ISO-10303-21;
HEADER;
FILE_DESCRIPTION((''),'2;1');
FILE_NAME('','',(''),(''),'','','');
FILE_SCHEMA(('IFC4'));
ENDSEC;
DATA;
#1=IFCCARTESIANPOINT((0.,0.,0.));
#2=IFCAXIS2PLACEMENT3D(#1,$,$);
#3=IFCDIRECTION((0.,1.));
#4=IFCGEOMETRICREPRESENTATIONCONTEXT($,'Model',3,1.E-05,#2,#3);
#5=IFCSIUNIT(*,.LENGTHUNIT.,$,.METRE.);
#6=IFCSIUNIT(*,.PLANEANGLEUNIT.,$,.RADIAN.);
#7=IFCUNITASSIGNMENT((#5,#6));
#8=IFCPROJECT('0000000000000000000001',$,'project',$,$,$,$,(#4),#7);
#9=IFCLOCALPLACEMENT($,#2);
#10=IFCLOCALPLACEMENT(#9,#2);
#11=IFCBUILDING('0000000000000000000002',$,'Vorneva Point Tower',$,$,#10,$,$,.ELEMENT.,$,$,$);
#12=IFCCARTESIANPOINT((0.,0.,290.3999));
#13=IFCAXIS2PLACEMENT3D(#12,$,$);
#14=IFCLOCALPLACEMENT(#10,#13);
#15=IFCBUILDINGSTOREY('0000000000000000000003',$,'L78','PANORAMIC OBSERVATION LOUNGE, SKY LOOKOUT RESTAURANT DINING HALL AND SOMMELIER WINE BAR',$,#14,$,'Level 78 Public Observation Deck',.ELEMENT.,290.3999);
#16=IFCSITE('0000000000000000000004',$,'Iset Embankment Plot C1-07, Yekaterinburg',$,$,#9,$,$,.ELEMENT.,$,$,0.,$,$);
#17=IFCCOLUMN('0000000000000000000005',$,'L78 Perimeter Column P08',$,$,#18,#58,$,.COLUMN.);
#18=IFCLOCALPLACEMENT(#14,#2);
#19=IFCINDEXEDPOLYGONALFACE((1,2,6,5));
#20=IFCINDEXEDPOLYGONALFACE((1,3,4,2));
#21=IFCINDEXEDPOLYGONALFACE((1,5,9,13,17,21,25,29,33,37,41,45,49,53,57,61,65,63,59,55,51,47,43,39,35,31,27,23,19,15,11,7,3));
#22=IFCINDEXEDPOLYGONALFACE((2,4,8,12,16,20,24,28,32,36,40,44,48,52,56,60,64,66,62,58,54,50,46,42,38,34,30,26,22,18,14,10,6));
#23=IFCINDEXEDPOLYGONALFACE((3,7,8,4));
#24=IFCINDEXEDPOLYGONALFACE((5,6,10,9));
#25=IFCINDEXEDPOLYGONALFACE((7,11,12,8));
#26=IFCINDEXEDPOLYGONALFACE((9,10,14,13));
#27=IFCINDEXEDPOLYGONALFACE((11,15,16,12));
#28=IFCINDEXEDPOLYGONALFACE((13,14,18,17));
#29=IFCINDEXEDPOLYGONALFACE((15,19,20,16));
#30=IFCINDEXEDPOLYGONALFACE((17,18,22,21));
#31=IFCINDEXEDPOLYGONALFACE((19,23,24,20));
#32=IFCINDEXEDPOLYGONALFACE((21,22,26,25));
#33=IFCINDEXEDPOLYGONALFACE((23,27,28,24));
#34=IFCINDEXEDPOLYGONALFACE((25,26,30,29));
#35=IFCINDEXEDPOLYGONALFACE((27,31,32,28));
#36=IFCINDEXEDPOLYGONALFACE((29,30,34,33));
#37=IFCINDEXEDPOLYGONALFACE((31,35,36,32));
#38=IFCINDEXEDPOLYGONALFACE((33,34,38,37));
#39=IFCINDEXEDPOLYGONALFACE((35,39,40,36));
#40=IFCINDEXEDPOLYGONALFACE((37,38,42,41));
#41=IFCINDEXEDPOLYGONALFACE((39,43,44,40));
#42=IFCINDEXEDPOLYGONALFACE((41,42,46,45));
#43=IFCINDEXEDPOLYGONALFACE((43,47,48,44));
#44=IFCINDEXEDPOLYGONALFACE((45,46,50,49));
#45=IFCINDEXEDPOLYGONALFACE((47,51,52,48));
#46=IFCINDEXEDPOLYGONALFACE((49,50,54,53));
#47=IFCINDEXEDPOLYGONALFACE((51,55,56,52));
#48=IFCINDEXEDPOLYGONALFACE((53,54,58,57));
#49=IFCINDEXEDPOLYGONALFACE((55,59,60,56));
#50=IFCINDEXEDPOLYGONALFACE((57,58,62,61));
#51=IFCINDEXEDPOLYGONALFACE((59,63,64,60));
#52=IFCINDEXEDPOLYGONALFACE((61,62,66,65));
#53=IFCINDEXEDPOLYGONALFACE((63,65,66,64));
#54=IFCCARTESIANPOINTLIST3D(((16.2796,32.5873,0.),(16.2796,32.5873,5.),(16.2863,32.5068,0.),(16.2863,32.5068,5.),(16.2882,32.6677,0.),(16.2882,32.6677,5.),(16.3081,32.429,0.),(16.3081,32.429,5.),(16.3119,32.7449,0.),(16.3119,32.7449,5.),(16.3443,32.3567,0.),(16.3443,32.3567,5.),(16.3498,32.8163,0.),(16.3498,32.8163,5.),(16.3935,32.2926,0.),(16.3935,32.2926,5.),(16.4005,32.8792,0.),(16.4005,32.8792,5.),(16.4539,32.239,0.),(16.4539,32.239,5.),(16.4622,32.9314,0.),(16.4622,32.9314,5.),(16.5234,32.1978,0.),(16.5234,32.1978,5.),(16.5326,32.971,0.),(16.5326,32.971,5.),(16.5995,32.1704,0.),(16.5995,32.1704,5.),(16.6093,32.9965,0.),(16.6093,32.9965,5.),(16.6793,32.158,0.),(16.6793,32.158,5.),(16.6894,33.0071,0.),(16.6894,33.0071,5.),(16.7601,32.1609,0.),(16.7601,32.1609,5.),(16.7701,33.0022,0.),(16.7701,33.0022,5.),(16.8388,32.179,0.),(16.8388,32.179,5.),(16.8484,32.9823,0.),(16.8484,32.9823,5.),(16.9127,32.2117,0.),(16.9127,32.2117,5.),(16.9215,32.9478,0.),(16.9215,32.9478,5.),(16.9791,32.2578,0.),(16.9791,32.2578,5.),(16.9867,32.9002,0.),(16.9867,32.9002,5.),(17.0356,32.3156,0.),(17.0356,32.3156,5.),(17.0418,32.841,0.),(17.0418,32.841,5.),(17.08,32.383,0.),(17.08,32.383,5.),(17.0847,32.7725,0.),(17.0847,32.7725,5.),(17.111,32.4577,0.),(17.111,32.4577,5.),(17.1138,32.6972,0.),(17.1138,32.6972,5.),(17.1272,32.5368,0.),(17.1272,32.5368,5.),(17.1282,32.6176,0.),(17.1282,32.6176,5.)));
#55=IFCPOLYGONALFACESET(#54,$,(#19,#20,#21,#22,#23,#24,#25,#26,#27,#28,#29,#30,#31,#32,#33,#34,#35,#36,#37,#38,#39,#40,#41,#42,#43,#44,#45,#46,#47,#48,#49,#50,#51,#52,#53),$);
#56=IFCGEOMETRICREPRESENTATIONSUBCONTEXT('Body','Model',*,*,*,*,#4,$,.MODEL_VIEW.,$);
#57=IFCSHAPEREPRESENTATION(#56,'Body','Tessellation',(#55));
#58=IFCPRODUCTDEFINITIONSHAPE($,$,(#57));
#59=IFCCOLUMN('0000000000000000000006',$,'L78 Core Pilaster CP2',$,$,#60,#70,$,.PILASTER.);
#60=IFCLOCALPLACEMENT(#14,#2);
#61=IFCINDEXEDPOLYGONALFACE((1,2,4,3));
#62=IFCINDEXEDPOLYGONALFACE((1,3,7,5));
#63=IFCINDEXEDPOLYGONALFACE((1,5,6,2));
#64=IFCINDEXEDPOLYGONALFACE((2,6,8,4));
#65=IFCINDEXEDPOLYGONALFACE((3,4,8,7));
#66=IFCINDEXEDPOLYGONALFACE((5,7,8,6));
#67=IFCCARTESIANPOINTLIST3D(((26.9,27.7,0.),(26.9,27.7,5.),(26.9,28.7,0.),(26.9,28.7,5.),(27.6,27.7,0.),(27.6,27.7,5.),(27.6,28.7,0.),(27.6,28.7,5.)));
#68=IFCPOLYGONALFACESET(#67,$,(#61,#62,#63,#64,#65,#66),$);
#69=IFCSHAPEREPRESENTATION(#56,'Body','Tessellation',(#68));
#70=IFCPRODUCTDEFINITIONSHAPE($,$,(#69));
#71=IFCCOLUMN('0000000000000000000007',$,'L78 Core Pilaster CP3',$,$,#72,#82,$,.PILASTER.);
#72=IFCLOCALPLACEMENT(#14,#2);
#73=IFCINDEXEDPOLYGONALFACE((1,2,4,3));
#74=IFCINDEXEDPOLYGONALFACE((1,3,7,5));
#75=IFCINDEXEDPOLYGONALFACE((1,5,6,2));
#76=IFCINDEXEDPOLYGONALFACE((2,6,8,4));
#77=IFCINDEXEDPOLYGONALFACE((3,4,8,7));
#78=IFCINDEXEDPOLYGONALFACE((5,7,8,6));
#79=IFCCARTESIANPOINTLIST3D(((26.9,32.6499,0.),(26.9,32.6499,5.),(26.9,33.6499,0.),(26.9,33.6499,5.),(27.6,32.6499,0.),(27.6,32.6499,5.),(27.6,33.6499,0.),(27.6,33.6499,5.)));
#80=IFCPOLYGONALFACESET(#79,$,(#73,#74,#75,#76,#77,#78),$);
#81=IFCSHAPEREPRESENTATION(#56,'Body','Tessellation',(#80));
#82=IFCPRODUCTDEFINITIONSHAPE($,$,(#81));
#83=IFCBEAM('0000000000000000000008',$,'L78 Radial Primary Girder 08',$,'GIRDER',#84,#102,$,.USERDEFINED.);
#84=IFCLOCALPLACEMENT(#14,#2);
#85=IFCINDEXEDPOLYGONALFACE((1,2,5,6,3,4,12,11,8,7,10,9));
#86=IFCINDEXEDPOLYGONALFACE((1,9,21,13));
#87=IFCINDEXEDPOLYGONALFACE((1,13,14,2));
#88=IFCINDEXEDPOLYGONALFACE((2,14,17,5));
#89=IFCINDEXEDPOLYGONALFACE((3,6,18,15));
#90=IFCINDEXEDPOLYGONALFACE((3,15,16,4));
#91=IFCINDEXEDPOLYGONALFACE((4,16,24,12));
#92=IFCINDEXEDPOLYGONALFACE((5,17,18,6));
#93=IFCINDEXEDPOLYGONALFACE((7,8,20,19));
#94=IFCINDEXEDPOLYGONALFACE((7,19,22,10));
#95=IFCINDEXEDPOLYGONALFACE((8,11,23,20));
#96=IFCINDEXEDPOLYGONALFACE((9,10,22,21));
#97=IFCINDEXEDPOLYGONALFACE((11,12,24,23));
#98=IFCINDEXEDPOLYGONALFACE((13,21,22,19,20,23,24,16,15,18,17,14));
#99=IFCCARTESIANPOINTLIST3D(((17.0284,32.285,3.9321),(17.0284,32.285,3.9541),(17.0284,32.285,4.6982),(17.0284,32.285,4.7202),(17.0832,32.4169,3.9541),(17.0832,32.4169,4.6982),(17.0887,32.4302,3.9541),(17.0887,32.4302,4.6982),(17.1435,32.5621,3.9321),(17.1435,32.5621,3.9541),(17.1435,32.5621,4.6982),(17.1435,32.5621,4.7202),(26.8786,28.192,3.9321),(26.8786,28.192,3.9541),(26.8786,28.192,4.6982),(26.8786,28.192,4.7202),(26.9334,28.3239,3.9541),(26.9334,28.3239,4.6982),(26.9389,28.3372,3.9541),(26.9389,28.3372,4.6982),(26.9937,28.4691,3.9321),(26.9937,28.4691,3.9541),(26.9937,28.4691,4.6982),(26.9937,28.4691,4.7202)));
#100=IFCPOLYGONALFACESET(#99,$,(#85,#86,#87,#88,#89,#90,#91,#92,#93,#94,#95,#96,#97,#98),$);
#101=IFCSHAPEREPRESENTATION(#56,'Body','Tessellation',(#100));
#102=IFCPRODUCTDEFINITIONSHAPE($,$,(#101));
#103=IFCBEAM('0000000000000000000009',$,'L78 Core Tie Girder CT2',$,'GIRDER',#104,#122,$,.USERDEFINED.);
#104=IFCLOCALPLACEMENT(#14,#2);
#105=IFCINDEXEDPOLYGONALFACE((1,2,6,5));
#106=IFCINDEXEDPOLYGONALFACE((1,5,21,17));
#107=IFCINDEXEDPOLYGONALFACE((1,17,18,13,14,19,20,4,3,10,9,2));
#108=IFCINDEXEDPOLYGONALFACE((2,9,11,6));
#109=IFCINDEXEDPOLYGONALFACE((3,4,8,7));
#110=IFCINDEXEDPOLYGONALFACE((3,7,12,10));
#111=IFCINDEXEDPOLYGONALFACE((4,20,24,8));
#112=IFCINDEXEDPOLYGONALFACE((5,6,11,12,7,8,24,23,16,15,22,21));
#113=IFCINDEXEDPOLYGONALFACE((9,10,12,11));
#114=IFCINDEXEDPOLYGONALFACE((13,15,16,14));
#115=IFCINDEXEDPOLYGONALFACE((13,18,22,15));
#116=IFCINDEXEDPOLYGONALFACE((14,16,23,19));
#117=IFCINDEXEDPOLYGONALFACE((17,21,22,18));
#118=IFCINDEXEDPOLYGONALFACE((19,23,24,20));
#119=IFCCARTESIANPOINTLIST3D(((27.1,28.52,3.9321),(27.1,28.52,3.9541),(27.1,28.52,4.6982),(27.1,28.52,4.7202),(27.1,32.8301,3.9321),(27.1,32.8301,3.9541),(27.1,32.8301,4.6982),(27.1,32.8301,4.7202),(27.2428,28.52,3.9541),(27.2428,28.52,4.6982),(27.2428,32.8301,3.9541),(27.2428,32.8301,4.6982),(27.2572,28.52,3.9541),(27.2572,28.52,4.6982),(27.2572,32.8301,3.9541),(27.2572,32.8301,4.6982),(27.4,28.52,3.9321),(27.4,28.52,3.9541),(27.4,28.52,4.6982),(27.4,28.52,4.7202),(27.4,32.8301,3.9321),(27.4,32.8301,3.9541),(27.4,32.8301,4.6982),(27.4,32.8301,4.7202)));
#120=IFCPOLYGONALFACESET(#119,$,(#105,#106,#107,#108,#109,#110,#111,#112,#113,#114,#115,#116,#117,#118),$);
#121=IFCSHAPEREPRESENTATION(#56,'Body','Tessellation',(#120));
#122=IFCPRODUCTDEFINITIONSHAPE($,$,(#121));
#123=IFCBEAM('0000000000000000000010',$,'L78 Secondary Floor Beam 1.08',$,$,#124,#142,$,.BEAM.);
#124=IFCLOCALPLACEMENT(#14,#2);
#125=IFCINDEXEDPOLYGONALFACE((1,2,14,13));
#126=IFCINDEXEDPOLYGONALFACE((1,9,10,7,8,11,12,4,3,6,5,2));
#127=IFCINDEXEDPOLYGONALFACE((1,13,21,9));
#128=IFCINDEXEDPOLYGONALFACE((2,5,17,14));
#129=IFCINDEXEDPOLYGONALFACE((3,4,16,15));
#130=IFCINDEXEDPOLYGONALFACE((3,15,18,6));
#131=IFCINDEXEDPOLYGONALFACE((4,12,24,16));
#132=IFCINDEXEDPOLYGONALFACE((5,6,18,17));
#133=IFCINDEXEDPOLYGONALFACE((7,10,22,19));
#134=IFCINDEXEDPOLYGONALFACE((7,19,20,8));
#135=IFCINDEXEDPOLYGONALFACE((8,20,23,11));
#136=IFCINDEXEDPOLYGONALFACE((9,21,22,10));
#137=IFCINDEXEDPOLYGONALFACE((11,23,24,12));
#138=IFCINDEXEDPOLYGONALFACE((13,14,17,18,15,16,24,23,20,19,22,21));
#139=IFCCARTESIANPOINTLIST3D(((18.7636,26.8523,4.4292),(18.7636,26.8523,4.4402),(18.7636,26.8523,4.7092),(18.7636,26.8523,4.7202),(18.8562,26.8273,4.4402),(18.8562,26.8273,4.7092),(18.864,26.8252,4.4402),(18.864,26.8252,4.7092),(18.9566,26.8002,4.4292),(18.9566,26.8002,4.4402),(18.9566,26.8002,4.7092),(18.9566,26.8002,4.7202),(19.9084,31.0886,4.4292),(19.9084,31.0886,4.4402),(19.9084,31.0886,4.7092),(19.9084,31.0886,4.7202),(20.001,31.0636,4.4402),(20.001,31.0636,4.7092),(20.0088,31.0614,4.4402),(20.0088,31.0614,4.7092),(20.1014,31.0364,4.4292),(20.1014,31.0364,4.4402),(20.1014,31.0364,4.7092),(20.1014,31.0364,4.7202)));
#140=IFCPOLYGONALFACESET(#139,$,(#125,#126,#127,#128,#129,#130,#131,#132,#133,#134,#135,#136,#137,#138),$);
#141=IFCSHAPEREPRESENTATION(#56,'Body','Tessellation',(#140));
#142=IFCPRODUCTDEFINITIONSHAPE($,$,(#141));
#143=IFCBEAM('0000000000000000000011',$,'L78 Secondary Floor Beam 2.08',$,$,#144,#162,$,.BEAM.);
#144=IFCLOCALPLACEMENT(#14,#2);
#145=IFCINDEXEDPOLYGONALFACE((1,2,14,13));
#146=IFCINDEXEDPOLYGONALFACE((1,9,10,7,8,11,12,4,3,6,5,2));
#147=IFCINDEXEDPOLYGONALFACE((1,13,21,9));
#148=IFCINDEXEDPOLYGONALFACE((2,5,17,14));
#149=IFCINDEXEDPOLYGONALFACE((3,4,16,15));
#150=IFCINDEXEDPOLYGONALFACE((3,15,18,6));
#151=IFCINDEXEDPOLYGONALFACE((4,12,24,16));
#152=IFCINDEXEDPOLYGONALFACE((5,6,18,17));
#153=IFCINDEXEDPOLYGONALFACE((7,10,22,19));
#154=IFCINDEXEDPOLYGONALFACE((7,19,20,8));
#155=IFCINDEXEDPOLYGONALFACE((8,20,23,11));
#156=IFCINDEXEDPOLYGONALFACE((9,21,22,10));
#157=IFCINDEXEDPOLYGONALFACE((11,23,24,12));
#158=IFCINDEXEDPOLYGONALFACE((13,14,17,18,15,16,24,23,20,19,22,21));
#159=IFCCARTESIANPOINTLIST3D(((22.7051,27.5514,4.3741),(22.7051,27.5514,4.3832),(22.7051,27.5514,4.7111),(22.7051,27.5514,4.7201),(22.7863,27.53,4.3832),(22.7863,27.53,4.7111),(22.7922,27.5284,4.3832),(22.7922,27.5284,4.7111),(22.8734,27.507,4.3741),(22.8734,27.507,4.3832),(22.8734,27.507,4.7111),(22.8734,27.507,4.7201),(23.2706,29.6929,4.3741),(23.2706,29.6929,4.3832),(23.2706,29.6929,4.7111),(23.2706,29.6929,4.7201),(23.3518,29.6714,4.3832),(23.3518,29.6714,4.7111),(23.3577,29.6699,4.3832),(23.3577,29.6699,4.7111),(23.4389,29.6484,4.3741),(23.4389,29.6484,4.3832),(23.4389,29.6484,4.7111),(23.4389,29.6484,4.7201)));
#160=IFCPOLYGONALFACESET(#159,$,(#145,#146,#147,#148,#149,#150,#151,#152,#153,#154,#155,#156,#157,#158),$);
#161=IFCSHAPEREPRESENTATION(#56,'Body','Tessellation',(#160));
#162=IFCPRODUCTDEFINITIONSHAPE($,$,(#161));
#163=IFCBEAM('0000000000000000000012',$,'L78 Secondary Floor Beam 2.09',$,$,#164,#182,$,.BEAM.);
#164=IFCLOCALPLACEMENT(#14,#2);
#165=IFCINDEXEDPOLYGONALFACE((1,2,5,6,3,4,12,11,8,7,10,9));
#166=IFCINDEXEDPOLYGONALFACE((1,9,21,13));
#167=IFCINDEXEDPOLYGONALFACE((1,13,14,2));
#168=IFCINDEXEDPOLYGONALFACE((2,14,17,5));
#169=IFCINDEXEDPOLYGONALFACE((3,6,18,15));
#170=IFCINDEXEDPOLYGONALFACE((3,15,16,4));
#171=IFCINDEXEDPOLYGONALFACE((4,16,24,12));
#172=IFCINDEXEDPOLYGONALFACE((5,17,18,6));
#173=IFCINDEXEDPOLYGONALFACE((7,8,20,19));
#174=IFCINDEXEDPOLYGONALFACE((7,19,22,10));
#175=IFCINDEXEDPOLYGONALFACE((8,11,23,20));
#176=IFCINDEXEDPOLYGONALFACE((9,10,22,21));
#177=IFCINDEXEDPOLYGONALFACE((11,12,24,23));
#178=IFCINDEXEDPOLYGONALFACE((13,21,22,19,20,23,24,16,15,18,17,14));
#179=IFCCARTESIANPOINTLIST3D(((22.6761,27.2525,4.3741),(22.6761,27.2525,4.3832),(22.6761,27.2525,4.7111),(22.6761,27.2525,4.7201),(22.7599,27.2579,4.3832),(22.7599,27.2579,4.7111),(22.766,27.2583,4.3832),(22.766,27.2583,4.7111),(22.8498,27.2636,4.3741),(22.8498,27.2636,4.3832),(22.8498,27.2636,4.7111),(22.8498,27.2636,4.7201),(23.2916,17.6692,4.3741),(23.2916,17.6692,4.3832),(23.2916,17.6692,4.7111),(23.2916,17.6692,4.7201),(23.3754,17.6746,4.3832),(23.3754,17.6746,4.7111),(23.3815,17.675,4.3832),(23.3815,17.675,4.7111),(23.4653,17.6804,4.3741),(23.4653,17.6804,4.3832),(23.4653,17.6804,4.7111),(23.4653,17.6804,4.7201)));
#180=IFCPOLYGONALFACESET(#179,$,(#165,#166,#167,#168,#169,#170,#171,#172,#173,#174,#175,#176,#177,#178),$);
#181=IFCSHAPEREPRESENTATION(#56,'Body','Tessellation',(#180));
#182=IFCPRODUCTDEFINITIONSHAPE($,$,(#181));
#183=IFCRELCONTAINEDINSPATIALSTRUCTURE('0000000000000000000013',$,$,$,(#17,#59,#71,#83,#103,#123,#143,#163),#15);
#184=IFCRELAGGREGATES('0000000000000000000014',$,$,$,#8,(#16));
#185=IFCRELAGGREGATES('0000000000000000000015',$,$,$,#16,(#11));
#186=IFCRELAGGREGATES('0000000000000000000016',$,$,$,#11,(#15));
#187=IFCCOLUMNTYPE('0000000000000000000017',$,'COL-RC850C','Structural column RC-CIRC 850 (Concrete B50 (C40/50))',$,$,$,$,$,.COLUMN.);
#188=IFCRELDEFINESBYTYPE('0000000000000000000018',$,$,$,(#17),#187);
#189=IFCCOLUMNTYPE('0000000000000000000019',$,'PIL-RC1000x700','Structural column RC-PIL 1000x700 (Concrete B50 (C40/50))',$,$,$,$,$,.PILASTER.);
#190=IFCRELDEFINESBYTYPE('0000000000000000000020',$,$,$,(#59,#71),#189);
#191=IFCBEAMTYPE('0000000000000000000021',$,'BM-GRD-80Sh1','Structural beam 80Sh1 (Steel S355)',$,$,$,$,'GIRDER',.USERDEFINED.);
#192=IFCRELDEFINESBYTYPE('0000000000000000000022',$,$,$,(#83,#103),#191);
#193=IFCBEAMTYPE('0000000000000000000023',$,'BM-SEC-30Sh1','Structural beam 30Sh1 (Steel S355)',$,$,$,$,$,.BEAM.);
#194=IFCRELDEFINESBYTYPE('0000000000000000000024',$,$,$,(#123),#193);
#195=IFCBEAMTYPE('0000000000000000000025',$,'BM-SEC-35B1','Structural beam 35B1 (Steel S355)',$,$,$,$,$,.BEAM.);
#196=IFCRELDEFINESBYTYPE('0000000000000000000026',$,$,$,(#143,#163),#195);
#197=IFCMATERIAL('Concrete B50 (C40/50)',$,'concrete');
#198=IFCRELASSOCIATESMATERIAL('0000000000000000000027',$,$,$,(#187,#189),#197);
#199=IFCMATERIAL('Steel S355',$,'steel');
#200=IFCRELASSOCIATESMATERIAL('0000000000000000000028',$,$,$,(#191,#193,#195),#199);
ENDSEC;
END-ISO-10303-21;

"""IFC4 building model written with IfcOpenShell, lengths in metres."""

from ifc_helpers import new_model, si_unit, direction, frame, origin, origin_2d, place, context, subcontext, project, spatial, rectangle, circle, i_section, extrude, material, material_profile, profile_set, type_object, element, save


model = new_model("IFC4")

# Units and contexts
model_context = context("Model", 3, precision=1e-05, world=origin(), true_north=direction((0.0, 1.0)))
body_context = subcontext(model_context, "Body", "Model", "MODEL_VIEW")
ifc_project = project(units=[si_unit("LENGTHUNIT", "METRE"), si_unit("PLANEANGLEUNIT", "RADIAN")], contexts=[model_context])

# Site, building, storey
site_placement = place(None, origin())
site = spatial("IfcSite", under=ifc_project, at=site_placement, Name="Iset Embankment Plot C1-07, Yekaterinburg", CompositionType="ELEMENT", RefElevation=0.0)
building_placement = place(site_placement, origin())
building = spatial("IfcBuilding", under=site, at=building_placement, Name="Vorneva Point Tower", CompositionType="ELEMENT")
storey_placement = place(building_placement, frame((0.0, 0.0, 290.3999)))
storey = spatial("IfcBuildingStorey", under=building, at=storey_placement, Name="L78", Description="PANORAMIC OBSERVATION LOUNGE, SKY LOOKOUT RESTAURANT DINING HALL AND SOMMELIER WINE BAR", LongName="Level 78 Public Observation Deck", CompositionType="ELEMENT", Elevation=290.3999)

# Columns
ifc_material_1 = material(Name="Concrete B50 (C40/50)", Category="concrete")
ifc_material_profile_1 = material_profile(ifc_material_1, circle(Radius=0.425, at=origin_2d()), Name="RC-CIRC 850")
ifc_profile_set_1 = profile_set([ifc_material_profile_1], Name="Concrete B50 (C40/50)")
column_type_1 = type_object("IfcColumnType", Name="COL-RC850C", Description="Structural column RC-CIRC 850 (Concrete B50 (C40/50))", PredefinedType="COLUMN", material=ifc_profile_set_1)
column_placement = place(storey_placement, frame((16.7046, 32.5823, 0.0), z_axis=(0.0, 0.0, 1.0), x_axis=(-0.92388, 0.382683, 0.0)))
element("IfcColumn", 1, at=column_placement, inside=storey, type_object=column_type_1, Name="L78 Perimeter Column P08", PredefinedType="COLUMN", context=body_context, shape_type="SweptSolid", body=[
    extrude(circle(Radius=0.425, at=origin_2d()), origin(), (0.0, 0.0, 1.0), 5.0),
])
ifc_material_profile_2 = material_profile(ifc_material_1, rectangle(XDim=0.7, YDim=1.0, at=origin_2d()), Name="RC-PIL 1000x700")
ifc_profile_set_2 = profile_set([ifc_material_profile_2], Name="Concrete B50 (C40/50)")
column_type_2 = type_object("IfcColumnType", Name="PIL-RC1000x700", Description="Structural column RC-PIL 1000x700 (Concrete B50 (C40/50))", PredefinedType="PILASTER", material=ifc_profile_set_2)
for number, where, z_axis, x_axis, name in (
    (2, (27.25, 28.2, 0.0), (0.0, 0.0, 1.0), (1.0, 0.0, 0.0), "L78 Core Pilaster CP2"),
    (3, (27.25, 33.1499, 0.0), (0.0, 0.0, 1.0), (1.0, 0.0, 0.0), "L78 Core Pilaster CP3"),
):
    element("IfcColumn", number, at=place(storey_placement, frame(where, z_axis=z_axis, x_axis=x_axis)), inside=storey, type_object=column_type_2, Name=name, PredefinedType="PILASTER", context=body_context, shape_type="SweptSolid", body=[
        extrude(rectangle(XDim=0.7, YDim=1.0, at=origin_2d()), origin(), (0.0, 0.0, 1.0), 5.0),
    ])

# Beams
ifc_material_2 = material(Name="Steel S355", Category="steel")
ifc_material_profile_3 = material_profile(ifc_material_2, i_section(OverallWidth=0.3, OverallDepth=0.7881, WebThickness=0.0144, FlangeThickness=0.022, at=origin_2d()), Name="80Sh1")
ifc_profile_set_3 = profile_set([ifc_material_profile_3], Name="Steel S355")
beam_type_1 = type_object("IfcBeamType", Name="BM-GRD-80Sh1", Description="Structural beam 80Sh1 (Steel S355)", ElementType="GIRDER", PredefinedType="USERDEFINED", material=ifc_profile_set_3)
beam_1_placement = place(storey_placement, frame((17.0859, 32.4236, 4.3262), z_axis=(0.923449, -0.383721, 0.0), x_axis=(0.383721, 0.923449, 0.0)))
element("IfcBeam", 4, at=beam_1_placement, inside=storey, type_object=beam_type_1, Name="L78 Radial Primary Girder 08", ObjectType="GIRDER", PredefinedType="USERDEFINED", context=body_context, shape_type="SweptSolid", body=[
    extrude(i_section(OverallWidth=0.3, OverallDepth=0.7881, WebThickness=0.0144, FlangeThickness=0.022, at=origin_2d()), origin(), (0.0, 0.0, 1.0), 10.6667),
])
beam_2_placement = place(storey_placement, frame((27.25, 28.52, 4.3262), z_axis=(0.0, 1.0, 0.0), x_axis=(-1.0, 0.0, 0.0)))
element("IfcBeam", 5, at=beam_2_placement, inside=storey, type_object=beam_type_1, Name="L78 Core Tie Girder CT2", ObjectType="GIRDER", PredefinedType="USERDEFINED", context=body_context, shape_type="SweptSolid", body=[
    extrude(i_section(OverallWidth=0.3, OverallDepth=0.7881, WebThickness=0.0144, FlangeThickness=0.022, at=origin_2d()), origin(), (0.0, 0.0, 1.0), 4.3101),
])
ifc_material_profile_4 = material_profile(ifc_material_2, i_section(OverallWidth=0.2, OverallDepth=0.291, WebThickness=0.0081, FlangeThickness=0.011, at=origin_2d()), Name="30Sh1")
ifc_profile_set_4 = profile_set([ifc_material_profile_4], Name="Steel S355")
beam_type_2 = type_object("IfcBeamType", Name="BM-SEC-30Sh1", Description="Structural beam 30Sh1 (Steel S355)", PredefinedType="BEAM", material=ifc_profile_set_4)
beam_3_placement = place(storey_placement, frame((20.0049, 31.0625, 4.5747), z_axis=(-0.260871, -0.965374, 0.0), x_axis=(0.965374, -0.260871, 0.0)))
element("IfcBeam", 6, at=beam_3_placement, inside=storey, type_object=beam_type_2, Name="L78 Secondary Floor Beam 1.08", PredefinedType="BEAM", context=body_context, shape_type="SweptSolid", body=[
    extrude(i_section(OverallWidth=0.2, OverallDepth=0.291, WebThickness=0.0081, FlangeThickness=0.011, at=origin_2d()), origin(), (0.0, 0.0, 1.0), 4.3882),
])
ifc_material_profile_5 = material_profile(ifc_material_2, i_section(OverallWidth=0.1741, OverallDepth=0.3459, WebThickness=0.0061, FlangeThickness=0.009, at=origin_2d()), Name="35B1")
ifc_profile_set_5 = profile_set([ifc_material_profile_5], Name="Steel S355")
beam_type_3 = type_object("IfcBeamType", Name="BM-SEC-35B1", Description="Structural beam 35B1 (Steel S355)", PredefinedType="BEAM", material=ifc_profile_set_5)
beam_4_placement = place(storey_placement, frame((23.3547, 29.6707, 4.5471), z_axis=(-0.255302, -0.966861, 0.0), x_axis=(0.966861, -0.255302, 0.0)))
element("IfcBeam", 7, at=beam_4_placement, inside=storey, type_object=beam_type_3, Name="L78 Secondary Floor Beam 2.08", PredefinedType="BEAM", context=body_context, shape_type="SweptSolid", body=[
    extrude(i_section(OverallWidth=0.1741, OverallDepth=0.3459, WebThickness=0.0061, FlangeThickness=0.009, at=origin_2d()), origin(), (0.0, 0.0, 1.0), 2.2148),
])
beam_5_placement = place(storey_placement, frame((22.7629, 27.2581, 4.5471), z_axis=(0.064092, -0.997944, 0.0), x_axis=(0.997944, 0.064092, 0.0)))
element("IfcBeam", 8, at=beam_5_placement, inside=storey, type_object=beam_type_3, Name="L78 Secondary Floor Beam 2.09", PredefinedType="BEAM", context=body_context, shape_type="SweptSolid", body=[
    extrude(i_section(OverallWidth=0.1741, OverallDepth=0.3459, WebThickness=0.0061, FlangeThickness=0.009, at=origin_2d()), origin(), (0.0, 0.0, 1.0), 9.603),
])

save(model, "model.ifc")
